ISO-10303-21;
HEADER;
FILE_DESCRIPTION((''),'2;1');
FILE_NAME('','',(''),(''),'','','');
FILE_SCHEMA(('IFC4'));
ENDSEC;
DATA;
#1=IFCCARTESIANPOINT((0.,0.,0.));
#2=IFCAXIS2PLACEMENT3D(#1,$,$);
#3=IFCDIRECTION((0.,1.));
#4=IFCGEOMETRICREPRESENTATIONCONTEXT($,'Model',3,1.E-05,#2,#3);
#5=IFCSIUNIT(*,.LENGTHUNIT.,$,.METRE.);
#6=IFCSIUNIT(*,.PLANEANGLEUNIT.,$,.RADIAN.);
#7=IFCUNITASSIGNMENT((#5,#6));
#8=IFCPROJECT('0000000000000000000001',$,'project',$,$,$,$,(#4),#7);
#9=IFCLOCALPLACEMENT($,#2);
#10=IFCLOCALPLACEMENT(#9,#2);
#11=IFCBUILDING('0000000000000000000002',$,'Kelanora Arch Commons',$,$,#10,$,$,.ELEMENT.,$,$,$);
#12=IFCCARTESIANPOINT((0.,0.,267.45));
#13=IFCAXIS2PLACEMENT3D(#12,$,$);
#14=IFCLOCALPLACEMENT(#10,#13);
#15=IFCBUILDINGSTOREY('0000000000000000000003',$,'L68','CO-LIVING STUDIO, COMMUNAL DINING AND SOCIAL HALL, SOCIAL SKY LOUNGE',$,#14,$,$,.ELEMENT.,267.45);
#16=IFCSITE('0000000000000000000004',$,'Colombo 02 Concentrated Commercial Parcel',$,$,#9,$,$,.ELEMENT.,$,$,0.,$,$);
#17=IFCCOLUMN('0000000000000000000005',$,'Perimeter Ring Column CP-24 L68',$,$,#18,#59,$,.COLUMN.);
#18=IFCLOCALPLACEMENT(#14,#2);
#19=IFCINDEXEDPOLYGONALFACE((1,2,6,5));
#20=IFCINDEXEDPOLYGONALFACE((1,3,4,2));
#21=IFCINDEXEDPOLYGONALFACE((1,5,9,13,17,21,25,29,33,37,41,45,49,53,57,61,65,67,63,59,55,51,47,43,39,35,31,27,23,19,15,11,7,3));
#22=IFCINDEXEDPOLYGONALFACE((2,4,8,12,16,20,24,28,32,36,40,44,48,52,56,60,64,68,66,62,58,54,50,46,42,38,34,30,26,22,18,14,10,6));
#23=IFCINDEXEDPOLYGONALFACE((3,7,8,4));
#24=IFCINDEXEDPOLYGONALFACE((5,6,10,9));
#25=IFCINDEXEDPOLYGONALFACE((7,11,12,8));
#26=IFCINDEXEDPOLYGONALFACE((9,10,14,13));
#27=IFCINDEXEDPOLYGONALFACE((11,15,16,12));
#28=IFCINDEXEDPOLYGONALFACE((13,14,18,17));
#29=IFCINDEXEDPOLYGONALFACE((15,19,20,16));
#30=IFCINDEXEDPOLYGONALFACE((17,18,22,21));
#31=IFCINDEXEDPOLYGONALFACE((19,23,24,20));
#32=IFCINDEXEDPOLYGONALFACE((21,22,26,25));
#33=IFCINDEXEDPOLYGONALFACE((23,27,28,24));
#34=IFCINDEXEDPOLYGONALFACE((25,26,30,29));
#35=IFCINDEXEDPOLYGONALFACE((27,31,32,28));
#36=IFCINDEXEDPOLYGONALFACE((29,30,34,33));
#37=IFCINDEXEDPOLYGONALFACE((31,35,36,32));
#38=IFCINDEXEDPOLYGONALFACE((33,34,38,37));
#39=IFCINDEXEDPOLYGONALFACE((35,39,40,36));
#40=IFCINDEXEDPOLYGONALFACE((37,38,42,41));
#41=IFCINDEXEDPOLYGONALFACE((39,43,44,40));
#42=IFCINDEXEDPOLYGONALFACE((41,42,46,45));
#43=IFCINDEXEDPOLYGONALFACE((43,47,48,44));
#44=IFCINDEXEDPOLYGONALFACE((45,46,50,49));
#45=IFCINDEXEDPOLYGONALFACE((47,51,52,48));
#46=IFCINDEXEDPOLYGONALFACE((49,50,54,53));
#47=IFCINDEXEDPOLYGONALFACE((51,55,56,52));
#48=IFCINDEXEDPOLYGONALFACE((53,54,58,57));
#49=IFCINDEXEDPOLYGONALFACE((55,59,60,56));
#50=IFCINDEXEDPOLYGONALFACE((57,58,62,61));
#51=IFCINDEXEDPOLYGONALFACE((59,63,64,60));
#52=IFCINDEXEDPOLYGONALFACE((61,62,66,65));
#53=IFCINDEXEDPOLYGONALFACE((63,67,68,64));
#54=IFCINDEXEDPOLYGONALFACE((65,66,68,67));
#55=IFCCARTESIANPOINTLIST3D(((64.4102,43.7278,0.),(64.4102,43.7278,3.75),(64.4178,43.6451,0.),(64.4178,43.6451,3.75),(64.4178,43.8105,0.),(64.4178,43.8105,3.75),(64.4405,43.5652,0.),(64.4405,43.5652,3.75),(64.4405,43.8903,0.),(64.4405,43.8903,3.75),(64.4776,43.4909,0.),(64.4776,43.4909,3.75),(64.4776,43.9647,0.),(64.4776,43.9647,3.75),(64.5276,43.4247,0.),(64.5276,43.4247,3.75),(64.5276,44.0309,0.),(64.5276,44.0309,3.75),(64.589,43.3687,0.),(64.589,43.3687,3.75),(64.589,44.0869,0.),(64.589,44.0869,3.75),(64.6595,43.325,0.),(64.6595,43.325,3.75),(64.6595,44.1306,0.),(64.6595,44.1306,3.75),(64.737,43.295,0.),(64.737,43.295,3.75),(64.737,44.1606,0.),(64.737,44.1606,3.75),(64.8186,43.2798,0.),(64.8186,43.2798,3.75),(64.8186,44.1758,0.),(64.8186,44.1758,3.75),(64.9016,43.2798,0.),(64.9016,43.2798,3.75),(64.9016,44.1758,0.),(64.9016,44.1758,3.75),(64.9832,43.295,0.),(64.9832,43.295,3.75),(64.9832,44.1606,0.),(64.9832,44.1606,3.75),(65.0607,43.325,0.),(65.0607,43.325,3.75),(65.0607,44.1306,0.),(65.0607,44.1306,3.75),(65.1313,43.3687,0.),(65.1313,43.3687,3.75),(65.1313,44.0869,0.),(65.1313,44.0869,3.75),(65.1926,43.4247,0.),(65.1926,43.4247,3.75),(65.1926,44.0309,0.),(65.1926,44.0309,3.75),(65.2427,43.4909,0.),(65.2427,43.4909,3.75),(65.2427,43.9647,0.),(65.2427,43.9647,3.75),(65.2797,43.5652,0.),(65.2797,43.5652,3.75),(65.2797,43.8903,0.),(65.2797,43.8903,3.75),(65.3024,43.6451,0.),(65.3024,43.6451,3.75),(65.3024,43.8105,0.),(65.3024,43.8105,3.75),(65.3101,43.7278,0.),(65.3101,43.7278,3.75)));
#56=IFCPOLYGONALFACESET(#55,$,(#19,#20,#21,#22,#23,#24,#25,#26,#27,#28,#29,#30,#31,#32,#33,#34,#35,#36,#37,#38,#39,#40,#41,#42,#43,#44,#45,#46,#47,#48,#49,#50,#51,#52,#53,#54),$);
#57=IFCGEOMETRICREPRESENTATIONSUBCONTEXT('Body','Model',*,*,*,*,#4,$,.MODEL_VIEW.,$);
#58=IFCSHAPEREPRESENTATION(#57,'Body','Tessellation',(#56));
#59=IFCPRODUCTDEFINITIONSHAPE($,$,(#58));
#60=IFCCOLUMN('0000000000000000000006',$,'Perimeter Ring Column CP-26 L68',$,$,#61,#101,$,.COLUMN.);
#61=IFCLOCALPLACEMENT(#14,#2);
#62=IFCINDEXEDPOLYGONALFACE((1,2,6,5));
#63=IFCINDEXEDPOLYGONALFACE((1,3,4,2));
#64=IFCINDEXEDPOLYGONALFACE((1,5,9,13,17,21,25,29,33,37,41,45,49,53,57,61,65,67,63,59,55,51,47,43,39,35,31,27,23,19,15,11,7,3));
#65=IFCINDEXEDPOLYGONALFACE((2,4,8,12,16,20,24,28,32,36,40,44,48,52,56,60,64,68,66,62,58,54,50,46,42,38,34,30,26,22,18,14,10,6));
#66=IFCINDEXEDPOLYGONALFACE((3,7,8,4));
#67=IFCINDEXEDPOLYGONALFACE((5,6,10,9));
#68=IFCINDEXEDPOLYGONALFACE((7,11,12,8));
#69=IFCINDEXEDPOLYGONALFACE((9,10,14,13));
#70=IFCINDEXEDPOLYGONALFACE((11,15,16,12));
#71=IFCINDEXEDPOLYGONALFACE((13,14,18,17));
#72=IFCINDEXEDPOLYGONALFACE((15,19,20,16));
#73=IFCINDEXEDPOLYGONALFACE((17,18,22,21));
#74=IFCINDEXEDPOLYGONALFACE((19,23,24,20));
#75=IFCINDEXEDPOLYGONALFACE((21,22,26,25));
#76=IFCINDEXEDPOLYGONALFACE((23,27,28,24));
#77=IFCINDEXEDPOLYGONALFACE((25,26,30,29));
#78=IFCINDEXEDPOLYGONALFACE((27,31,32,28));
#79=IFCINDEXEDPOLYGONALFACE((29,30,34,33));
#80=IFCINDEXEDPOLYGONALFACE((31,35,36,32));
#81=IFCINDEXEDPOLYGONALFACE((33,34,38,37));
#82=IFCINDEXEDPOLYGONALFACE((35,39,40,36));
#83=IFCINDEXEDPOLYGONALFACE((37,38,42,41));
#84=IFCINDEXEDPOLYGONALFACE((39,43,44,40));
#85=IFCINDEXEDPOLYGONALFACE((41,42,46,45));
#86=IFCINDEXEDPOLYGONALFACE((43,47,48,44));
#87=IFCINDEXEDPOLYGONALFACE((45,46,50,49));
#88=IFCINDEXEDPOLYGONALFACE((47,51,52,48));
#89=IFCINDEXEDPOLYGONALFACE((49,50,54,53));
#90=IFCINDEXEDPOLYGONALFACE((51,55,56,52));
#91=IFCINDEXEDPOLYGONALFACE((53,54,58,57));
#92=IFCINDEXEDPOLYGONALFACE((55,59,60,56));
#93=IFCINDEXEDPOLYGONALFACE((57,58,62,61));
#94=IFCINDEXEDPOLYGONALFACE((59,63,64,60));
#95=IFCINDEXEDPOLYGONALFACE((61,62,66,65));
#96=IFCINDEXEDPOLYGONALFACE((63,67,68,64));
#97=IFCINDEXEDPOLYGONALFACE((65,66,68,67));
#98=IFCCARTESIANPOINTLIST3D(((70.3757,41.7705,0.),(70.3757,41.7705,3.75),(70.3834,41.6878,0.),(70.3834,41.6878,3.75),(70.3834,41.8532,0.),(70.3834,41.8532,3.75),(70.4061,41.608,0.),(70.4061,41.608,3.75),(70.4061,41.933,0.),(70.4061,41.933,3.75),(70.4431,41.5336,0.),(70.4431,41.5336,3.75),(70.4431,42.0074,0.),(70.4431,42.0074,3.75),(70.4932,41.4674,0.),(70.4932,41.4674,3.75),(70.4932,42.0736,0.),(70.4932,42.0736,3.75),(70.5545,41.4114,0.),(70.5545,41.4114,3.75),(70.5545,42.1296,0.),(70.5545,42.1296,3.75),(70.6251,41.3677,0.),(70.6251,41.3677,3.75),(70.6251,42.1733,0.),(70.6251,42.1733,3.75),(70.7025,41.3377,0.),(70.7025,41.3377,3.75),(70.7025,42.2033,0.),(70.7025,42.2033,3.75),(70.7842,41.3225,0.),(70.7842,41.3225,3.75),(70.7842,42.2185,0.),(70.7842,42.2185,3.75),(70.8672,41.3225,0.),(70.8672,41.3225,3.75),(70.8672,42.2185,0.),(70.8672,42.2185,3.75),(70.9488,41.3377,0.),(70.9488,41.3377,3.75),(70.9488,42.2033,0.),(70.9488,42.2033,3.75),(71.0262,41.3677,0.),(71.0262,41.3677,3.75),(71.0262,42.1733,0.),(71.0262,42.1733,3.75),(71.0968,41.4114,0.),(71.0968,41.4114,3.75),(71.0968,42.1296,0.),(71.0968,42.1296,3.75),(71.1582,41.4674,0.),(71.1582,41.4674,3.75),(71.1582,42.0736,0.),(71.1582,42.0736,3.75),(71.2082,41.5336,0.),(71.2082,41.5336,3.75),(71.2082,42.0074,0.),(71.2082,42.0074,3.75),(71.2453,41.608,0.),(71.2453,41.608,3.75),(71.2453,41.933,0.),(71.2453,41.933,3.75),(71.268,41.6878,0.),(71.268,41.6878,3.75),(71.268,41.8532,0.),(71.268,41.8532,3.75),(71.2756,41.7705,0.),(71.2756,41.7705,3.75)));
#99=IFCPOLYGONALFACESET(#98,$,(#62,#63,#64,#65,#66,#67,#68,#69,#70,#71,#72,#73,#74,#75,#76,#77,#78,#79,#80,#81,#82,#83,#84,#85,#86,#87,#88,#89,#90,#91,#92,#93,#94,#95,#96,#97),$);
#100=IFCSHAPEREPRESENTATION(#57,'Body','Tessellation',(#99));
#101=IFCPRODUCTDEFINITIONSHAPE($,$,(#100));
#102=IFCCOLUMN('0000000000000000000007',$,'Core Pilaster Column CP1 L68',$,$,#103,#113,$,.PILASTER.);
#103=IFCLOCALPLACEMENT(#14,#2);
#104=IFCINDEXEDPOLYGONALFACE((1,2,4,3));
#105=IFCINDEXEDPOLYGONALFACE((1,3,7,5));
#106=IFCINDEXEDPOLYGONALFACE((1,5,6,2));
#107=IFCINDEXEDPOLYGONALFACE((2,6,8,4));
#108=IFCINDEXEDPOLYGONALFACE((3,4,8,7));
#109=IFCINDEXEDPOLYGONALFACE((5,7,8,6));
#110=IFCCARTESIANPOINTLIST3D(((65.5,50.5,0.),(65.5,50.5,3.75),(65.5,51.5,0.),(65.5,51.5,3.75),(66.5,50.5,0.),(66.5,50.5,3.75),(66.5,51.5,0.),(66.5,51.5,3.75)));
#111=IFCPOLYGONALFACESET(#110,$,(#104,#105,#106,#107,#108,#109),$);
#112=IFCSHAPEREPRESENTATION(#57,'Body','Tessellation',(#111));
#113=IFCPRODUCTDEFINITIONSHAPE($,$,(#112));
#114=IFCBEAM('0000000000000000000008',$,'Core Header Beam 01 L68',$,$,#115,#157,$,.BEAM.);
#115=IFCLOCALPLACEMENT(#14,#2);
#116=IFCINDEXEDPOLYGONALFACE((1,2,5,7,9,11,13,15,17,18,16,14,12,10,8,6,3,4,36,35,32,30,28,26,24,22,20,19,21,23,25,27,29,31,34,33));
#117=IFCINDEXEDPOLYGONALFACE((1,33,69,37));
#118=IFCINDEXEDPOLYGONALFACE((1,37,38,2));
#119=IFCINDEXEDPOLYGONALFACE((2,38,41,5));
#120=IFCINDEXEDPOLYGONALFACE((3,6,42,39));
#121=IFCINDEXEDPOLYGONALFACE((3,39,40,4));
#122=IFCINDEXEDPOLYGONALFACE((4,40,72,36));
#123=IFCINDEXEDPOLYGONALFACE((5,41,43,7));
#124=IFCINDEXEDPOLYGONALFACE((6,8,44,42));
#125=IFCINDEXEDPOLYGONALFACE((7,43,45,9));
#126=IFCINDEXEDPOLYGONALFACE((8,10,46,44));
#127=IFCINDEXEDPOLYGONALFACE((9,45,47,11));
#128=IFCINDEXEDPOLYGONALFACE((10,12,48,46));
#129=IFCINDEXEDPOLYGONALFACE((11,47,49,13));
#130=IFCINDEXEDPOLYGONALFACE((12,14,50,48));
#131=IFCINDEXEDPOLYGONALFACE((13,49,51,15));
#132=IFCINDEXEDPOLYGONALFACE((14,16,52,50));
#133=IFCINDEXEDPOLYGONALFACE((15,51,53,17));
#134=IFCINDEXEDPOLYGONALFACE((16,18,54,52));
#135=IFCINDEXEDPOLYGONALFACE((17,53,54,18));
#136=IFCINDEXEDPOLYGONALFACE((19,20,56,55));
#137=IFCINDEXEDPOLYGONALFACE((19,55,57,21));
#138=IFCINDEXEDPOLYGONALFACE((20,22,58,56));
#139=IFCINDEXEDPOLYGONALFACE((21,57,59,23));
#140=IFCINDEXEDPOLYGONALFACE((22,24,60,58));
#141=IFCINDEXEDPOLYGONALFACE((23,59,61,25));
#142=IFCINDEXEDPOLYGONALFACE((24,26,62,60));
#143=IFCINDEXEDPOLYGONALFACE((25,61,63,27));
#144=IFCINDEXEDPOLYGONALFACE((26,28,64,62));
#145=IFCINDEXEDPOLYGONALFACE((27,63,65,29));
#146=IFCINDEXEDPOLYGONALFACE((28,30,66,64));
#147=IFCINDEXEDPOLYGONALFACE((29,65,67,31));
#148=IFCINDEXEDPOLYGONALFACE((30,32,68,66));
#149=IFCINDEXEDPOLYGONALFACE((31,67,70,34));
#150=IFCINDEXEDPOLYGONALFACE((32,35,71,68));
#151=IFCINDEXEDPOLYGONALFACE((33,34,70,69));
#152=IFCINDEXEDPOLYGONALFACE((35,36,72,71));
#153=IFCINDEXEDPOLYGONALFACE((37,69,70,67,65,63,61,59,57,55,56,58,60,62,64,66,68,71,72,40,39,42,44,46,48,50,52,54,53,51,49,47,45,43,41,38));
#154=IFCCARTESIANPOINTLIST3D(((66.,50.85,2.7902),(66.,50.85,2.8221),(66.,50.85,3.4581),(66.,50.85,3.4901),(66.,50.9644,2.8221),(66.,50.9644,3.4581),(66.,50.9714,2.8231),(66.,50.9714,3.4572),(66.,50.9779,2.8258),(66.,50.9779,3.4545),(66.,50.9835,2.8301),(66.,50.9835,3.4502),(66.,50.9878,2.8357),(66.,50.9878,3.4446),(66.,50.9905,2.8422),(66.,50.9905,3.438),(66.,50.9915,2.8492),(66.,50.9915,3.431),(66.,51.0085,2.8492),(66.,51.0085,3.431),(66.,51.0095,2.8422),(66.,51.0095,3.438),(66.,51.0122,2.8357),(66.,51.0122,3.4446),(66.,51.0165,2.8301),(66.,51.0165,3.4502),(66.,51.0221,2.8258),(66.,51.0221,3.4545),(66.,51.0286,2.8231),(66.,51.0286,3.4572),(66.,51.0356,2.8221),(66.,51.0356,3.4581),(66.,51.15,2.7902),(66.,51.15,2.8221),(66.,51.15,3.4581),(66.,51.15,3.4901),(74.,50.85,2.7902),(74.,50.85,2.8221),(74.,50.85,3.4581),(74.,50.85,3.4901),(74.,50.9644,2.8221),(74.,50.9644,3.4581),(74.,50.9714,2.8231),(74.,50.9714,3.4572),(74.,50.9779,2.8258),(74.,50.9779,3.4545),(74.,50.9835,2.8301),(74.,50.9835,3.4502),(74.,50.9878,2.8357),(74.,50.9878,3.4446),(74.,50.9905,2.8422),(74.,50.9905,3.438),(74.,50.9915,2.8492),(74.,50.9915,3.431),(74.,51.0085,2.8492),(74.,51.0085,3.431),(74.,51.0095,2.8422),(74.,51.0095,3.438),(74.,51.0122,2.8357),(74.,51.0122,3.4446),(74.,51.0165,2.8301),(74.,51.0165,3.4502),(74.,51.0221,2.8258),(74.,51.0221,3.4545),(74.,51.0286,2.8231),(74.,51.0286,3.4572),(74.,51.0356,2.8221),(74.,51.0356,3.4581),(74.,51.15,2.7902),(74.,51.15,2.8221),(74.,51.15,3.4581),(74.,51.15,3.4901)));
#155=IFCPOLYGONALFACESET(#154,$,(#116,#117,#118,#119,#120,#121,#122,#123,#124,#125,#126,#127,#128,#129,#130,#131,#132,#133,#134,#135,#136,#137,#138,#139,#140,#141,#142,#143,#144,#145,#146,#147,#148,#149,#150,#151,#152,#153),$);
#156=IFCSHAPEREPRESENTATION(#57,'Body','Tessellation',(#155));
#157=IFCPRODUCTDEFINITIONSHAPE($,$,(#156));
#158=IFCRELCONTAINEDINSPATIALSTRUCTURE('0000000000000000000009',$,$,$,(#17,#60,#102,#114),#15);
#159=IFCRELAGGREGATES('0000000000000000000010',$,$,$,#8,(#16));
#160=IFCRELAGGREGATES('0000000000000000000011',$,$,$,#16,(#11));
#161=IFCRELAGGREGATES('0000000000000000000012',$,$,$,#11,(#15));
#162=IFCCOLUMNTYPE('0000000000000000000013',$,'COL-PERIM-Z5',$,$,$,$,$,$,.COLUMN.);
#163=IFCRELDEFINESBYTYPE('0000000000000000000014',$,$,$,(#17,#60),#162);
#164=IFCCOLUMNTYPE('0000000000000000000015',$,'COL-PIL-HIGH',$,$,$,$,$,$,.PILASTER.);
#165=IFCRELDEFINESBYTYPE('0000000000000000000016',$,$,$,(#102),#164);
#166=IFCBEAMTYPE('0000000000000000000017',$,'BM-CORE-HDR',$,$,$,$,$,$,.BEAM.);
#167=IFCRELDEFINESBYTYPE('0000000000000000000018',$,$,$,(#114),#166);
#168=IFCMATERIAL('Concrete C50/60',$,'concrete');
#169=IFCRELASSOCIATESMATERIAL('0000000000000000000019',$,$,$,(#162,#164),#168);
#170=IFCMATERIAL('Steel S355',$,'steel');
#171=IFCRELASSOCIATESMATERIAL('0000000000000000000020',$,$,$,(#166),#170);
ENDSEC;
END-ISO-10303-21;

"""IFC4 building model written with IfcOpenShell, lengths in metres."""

from ifc_helpers import new_model, si_unit, direction, frame, origin, origin_2d, place, context, subcontext, project, spatial, rectangle, circle, i_section, extrude, material, material_profile, profile_set, type_object, element, save


model = new_model("IFC4")

# Units and contexts
model_context = context("Model", 3, precision=1e-05, world=origin(), true_north=direction((0.0, 1.0)))
body_context = subcontext(model_context, "Body", "Model", "MODEL_VIEW")
ifc_project = project(units=[si_unit("LENGTHUNIT", "METRE"), si_unit("PLANEANGLEUNIT", "RADIAN")], contexts=[model_context])

# Site, building, storey
site_placement = place(None, origin())
site = spatial("IfcSite", under=ifc_project, at=site_placement, Name="Colombo 02 Concentrated Commercial Parcel", CompositionType="ELEMENT", RefElevation=0.0)
building_placement = place(site_placement, origin())
building = spatial("IfcBuilding", under=site, at=building_placement, Name="Kelanora Arch Commons", CompositionType="ELEMENT")
storey_placement = place(building_placement, frame((0.0, 0.0, 267.45)))
storey = spatial("IfcBuildingStorey", under=building, at=storey_placement, Name="L68", Description="CO-LIVING STUDIO, COMMUNAL DINING AND SOCIAL HALL, SOCIAL SKY LOUNGE", CompositionType="ELEMENT", Elevation=267.45)

# Columns
ifc_material_1 = material(Name="Concrete C50/60", Category="concrete")
ifc_material_profile_1 = material_profile(ifc_material_1, circle(Radius=0.45, at=origin_2d()), Name="RCC900")
ifc_profile_set_1 = profile_set([ifc_material_profile_1], Name="Concrete C50/60")
column_type_1 = type_object("IfcColumnType", Name="COL-PERIM-Z5", PredefinedType="COLUMN", material=ifc_profile_set_1)
for number, where, z_axis, x_axis, name in (
    (1, (64.8601, 43.7278, 0.0), (0.0, 0.0, 1.0), (1.0, 0.0, 0.0), "Perimeter Ring Column CP-24 L68"),
    (2, (70.8257, 41.7705, 0.0), (0.0, 0.0, 1.0), (1.0, 0.0, 0.0), "Perimeter Ring Column CP-26 L68"),
):
    element("IfcColumn", number, at=place(storey_placement, frame(where, z_axis=z_axis, x_axis=x_axis)), inside=storey, type_object=column_type_1, Name=name, PredefinedType="COLUMN", context=body_context, shape_type="SweptSolid", body=[
        extrude(circle(Radius=0.45, at=origin_2d()), origin(), (0.0, 0.0, 1.0), 3.75),
    ])
ifc_material_profile_2 = material_profile(ifc_material_1, rectangle(XDim=1.0, YDim=1.0, at=origin_2d()), Name="RC1000x1000")
ifc_profile_set_2 = profile_set([ifc_material_profile_2], Name="Concrete C50/60")
column_type_2 = type_object("IfcColumnType", Name="COL-PIL-HIGH", PredefinedType="PILASTER", material=ifc_profile_set_2)
column_placement = place(storey_placement, frame((66.0, 51.0, 0.0), z_axis=(0.0, 0.0, 1.0), x_axis=(1.0, 0.0, 0.0)))
element("IfcColumn", 3, at=column_placement, inside=storey, type_object=column_type_2, Name="Core Pilaster Column CP1 L68", PredefinedType="PILASTER", context=body_context, shape_type="SweptSolid", body=[
    extrude(rectangle(XDim=1.0, YDim=1.0, at=origin_2d()), origin(), (0.0, 0.0, 1.0), 3.75),
])

# Beam
ifc_material_2 = material(Name="Steel S355", Category="steel")
ifc_material_profile_3 = material_profile(ifc_material_2, i_section(OverallWidth=0.3, OverallDepth=0.7, WebThickness=0.0171, FlangeThickness=0.032, FilletRadius=0.0271, at=origin_2d()), Name="HEB700")
ifc_profile_set_3 = profile_set([ifc_material_profile_3], Name="Steel S355")
beam_type_1 = type_object("IfcBeamType", Name="BM-CORE-HDR", PredefinedType="BEAM", material=ifc_profile_set_3)
beam_1_placement = place(storey_placement, frame((66.0, 51.0, 3.1401), z_axis=(1.0, 0.0, 0.0), x_axis=(0.0, 1.0, 0.0)))
element("IfcBeam", 4, at=beam_1_placement, inside=storey, type_object=beam_type_1, Name="Core Header Beam 01 L68", PredefinedType="BEAM", context=body_context, shape_type="SweptSolid", body=[
    extrude(i_section(OverallWidth=0.3, OverallDepth=0.7, WebThickness=0.0171, FlangeThickness=0.032, FilletRadius=0.0271, at=origin_2d()), origin(), (0.0, 0.0, 1.0), 8.0),
])

save(model, "model.ifc")
